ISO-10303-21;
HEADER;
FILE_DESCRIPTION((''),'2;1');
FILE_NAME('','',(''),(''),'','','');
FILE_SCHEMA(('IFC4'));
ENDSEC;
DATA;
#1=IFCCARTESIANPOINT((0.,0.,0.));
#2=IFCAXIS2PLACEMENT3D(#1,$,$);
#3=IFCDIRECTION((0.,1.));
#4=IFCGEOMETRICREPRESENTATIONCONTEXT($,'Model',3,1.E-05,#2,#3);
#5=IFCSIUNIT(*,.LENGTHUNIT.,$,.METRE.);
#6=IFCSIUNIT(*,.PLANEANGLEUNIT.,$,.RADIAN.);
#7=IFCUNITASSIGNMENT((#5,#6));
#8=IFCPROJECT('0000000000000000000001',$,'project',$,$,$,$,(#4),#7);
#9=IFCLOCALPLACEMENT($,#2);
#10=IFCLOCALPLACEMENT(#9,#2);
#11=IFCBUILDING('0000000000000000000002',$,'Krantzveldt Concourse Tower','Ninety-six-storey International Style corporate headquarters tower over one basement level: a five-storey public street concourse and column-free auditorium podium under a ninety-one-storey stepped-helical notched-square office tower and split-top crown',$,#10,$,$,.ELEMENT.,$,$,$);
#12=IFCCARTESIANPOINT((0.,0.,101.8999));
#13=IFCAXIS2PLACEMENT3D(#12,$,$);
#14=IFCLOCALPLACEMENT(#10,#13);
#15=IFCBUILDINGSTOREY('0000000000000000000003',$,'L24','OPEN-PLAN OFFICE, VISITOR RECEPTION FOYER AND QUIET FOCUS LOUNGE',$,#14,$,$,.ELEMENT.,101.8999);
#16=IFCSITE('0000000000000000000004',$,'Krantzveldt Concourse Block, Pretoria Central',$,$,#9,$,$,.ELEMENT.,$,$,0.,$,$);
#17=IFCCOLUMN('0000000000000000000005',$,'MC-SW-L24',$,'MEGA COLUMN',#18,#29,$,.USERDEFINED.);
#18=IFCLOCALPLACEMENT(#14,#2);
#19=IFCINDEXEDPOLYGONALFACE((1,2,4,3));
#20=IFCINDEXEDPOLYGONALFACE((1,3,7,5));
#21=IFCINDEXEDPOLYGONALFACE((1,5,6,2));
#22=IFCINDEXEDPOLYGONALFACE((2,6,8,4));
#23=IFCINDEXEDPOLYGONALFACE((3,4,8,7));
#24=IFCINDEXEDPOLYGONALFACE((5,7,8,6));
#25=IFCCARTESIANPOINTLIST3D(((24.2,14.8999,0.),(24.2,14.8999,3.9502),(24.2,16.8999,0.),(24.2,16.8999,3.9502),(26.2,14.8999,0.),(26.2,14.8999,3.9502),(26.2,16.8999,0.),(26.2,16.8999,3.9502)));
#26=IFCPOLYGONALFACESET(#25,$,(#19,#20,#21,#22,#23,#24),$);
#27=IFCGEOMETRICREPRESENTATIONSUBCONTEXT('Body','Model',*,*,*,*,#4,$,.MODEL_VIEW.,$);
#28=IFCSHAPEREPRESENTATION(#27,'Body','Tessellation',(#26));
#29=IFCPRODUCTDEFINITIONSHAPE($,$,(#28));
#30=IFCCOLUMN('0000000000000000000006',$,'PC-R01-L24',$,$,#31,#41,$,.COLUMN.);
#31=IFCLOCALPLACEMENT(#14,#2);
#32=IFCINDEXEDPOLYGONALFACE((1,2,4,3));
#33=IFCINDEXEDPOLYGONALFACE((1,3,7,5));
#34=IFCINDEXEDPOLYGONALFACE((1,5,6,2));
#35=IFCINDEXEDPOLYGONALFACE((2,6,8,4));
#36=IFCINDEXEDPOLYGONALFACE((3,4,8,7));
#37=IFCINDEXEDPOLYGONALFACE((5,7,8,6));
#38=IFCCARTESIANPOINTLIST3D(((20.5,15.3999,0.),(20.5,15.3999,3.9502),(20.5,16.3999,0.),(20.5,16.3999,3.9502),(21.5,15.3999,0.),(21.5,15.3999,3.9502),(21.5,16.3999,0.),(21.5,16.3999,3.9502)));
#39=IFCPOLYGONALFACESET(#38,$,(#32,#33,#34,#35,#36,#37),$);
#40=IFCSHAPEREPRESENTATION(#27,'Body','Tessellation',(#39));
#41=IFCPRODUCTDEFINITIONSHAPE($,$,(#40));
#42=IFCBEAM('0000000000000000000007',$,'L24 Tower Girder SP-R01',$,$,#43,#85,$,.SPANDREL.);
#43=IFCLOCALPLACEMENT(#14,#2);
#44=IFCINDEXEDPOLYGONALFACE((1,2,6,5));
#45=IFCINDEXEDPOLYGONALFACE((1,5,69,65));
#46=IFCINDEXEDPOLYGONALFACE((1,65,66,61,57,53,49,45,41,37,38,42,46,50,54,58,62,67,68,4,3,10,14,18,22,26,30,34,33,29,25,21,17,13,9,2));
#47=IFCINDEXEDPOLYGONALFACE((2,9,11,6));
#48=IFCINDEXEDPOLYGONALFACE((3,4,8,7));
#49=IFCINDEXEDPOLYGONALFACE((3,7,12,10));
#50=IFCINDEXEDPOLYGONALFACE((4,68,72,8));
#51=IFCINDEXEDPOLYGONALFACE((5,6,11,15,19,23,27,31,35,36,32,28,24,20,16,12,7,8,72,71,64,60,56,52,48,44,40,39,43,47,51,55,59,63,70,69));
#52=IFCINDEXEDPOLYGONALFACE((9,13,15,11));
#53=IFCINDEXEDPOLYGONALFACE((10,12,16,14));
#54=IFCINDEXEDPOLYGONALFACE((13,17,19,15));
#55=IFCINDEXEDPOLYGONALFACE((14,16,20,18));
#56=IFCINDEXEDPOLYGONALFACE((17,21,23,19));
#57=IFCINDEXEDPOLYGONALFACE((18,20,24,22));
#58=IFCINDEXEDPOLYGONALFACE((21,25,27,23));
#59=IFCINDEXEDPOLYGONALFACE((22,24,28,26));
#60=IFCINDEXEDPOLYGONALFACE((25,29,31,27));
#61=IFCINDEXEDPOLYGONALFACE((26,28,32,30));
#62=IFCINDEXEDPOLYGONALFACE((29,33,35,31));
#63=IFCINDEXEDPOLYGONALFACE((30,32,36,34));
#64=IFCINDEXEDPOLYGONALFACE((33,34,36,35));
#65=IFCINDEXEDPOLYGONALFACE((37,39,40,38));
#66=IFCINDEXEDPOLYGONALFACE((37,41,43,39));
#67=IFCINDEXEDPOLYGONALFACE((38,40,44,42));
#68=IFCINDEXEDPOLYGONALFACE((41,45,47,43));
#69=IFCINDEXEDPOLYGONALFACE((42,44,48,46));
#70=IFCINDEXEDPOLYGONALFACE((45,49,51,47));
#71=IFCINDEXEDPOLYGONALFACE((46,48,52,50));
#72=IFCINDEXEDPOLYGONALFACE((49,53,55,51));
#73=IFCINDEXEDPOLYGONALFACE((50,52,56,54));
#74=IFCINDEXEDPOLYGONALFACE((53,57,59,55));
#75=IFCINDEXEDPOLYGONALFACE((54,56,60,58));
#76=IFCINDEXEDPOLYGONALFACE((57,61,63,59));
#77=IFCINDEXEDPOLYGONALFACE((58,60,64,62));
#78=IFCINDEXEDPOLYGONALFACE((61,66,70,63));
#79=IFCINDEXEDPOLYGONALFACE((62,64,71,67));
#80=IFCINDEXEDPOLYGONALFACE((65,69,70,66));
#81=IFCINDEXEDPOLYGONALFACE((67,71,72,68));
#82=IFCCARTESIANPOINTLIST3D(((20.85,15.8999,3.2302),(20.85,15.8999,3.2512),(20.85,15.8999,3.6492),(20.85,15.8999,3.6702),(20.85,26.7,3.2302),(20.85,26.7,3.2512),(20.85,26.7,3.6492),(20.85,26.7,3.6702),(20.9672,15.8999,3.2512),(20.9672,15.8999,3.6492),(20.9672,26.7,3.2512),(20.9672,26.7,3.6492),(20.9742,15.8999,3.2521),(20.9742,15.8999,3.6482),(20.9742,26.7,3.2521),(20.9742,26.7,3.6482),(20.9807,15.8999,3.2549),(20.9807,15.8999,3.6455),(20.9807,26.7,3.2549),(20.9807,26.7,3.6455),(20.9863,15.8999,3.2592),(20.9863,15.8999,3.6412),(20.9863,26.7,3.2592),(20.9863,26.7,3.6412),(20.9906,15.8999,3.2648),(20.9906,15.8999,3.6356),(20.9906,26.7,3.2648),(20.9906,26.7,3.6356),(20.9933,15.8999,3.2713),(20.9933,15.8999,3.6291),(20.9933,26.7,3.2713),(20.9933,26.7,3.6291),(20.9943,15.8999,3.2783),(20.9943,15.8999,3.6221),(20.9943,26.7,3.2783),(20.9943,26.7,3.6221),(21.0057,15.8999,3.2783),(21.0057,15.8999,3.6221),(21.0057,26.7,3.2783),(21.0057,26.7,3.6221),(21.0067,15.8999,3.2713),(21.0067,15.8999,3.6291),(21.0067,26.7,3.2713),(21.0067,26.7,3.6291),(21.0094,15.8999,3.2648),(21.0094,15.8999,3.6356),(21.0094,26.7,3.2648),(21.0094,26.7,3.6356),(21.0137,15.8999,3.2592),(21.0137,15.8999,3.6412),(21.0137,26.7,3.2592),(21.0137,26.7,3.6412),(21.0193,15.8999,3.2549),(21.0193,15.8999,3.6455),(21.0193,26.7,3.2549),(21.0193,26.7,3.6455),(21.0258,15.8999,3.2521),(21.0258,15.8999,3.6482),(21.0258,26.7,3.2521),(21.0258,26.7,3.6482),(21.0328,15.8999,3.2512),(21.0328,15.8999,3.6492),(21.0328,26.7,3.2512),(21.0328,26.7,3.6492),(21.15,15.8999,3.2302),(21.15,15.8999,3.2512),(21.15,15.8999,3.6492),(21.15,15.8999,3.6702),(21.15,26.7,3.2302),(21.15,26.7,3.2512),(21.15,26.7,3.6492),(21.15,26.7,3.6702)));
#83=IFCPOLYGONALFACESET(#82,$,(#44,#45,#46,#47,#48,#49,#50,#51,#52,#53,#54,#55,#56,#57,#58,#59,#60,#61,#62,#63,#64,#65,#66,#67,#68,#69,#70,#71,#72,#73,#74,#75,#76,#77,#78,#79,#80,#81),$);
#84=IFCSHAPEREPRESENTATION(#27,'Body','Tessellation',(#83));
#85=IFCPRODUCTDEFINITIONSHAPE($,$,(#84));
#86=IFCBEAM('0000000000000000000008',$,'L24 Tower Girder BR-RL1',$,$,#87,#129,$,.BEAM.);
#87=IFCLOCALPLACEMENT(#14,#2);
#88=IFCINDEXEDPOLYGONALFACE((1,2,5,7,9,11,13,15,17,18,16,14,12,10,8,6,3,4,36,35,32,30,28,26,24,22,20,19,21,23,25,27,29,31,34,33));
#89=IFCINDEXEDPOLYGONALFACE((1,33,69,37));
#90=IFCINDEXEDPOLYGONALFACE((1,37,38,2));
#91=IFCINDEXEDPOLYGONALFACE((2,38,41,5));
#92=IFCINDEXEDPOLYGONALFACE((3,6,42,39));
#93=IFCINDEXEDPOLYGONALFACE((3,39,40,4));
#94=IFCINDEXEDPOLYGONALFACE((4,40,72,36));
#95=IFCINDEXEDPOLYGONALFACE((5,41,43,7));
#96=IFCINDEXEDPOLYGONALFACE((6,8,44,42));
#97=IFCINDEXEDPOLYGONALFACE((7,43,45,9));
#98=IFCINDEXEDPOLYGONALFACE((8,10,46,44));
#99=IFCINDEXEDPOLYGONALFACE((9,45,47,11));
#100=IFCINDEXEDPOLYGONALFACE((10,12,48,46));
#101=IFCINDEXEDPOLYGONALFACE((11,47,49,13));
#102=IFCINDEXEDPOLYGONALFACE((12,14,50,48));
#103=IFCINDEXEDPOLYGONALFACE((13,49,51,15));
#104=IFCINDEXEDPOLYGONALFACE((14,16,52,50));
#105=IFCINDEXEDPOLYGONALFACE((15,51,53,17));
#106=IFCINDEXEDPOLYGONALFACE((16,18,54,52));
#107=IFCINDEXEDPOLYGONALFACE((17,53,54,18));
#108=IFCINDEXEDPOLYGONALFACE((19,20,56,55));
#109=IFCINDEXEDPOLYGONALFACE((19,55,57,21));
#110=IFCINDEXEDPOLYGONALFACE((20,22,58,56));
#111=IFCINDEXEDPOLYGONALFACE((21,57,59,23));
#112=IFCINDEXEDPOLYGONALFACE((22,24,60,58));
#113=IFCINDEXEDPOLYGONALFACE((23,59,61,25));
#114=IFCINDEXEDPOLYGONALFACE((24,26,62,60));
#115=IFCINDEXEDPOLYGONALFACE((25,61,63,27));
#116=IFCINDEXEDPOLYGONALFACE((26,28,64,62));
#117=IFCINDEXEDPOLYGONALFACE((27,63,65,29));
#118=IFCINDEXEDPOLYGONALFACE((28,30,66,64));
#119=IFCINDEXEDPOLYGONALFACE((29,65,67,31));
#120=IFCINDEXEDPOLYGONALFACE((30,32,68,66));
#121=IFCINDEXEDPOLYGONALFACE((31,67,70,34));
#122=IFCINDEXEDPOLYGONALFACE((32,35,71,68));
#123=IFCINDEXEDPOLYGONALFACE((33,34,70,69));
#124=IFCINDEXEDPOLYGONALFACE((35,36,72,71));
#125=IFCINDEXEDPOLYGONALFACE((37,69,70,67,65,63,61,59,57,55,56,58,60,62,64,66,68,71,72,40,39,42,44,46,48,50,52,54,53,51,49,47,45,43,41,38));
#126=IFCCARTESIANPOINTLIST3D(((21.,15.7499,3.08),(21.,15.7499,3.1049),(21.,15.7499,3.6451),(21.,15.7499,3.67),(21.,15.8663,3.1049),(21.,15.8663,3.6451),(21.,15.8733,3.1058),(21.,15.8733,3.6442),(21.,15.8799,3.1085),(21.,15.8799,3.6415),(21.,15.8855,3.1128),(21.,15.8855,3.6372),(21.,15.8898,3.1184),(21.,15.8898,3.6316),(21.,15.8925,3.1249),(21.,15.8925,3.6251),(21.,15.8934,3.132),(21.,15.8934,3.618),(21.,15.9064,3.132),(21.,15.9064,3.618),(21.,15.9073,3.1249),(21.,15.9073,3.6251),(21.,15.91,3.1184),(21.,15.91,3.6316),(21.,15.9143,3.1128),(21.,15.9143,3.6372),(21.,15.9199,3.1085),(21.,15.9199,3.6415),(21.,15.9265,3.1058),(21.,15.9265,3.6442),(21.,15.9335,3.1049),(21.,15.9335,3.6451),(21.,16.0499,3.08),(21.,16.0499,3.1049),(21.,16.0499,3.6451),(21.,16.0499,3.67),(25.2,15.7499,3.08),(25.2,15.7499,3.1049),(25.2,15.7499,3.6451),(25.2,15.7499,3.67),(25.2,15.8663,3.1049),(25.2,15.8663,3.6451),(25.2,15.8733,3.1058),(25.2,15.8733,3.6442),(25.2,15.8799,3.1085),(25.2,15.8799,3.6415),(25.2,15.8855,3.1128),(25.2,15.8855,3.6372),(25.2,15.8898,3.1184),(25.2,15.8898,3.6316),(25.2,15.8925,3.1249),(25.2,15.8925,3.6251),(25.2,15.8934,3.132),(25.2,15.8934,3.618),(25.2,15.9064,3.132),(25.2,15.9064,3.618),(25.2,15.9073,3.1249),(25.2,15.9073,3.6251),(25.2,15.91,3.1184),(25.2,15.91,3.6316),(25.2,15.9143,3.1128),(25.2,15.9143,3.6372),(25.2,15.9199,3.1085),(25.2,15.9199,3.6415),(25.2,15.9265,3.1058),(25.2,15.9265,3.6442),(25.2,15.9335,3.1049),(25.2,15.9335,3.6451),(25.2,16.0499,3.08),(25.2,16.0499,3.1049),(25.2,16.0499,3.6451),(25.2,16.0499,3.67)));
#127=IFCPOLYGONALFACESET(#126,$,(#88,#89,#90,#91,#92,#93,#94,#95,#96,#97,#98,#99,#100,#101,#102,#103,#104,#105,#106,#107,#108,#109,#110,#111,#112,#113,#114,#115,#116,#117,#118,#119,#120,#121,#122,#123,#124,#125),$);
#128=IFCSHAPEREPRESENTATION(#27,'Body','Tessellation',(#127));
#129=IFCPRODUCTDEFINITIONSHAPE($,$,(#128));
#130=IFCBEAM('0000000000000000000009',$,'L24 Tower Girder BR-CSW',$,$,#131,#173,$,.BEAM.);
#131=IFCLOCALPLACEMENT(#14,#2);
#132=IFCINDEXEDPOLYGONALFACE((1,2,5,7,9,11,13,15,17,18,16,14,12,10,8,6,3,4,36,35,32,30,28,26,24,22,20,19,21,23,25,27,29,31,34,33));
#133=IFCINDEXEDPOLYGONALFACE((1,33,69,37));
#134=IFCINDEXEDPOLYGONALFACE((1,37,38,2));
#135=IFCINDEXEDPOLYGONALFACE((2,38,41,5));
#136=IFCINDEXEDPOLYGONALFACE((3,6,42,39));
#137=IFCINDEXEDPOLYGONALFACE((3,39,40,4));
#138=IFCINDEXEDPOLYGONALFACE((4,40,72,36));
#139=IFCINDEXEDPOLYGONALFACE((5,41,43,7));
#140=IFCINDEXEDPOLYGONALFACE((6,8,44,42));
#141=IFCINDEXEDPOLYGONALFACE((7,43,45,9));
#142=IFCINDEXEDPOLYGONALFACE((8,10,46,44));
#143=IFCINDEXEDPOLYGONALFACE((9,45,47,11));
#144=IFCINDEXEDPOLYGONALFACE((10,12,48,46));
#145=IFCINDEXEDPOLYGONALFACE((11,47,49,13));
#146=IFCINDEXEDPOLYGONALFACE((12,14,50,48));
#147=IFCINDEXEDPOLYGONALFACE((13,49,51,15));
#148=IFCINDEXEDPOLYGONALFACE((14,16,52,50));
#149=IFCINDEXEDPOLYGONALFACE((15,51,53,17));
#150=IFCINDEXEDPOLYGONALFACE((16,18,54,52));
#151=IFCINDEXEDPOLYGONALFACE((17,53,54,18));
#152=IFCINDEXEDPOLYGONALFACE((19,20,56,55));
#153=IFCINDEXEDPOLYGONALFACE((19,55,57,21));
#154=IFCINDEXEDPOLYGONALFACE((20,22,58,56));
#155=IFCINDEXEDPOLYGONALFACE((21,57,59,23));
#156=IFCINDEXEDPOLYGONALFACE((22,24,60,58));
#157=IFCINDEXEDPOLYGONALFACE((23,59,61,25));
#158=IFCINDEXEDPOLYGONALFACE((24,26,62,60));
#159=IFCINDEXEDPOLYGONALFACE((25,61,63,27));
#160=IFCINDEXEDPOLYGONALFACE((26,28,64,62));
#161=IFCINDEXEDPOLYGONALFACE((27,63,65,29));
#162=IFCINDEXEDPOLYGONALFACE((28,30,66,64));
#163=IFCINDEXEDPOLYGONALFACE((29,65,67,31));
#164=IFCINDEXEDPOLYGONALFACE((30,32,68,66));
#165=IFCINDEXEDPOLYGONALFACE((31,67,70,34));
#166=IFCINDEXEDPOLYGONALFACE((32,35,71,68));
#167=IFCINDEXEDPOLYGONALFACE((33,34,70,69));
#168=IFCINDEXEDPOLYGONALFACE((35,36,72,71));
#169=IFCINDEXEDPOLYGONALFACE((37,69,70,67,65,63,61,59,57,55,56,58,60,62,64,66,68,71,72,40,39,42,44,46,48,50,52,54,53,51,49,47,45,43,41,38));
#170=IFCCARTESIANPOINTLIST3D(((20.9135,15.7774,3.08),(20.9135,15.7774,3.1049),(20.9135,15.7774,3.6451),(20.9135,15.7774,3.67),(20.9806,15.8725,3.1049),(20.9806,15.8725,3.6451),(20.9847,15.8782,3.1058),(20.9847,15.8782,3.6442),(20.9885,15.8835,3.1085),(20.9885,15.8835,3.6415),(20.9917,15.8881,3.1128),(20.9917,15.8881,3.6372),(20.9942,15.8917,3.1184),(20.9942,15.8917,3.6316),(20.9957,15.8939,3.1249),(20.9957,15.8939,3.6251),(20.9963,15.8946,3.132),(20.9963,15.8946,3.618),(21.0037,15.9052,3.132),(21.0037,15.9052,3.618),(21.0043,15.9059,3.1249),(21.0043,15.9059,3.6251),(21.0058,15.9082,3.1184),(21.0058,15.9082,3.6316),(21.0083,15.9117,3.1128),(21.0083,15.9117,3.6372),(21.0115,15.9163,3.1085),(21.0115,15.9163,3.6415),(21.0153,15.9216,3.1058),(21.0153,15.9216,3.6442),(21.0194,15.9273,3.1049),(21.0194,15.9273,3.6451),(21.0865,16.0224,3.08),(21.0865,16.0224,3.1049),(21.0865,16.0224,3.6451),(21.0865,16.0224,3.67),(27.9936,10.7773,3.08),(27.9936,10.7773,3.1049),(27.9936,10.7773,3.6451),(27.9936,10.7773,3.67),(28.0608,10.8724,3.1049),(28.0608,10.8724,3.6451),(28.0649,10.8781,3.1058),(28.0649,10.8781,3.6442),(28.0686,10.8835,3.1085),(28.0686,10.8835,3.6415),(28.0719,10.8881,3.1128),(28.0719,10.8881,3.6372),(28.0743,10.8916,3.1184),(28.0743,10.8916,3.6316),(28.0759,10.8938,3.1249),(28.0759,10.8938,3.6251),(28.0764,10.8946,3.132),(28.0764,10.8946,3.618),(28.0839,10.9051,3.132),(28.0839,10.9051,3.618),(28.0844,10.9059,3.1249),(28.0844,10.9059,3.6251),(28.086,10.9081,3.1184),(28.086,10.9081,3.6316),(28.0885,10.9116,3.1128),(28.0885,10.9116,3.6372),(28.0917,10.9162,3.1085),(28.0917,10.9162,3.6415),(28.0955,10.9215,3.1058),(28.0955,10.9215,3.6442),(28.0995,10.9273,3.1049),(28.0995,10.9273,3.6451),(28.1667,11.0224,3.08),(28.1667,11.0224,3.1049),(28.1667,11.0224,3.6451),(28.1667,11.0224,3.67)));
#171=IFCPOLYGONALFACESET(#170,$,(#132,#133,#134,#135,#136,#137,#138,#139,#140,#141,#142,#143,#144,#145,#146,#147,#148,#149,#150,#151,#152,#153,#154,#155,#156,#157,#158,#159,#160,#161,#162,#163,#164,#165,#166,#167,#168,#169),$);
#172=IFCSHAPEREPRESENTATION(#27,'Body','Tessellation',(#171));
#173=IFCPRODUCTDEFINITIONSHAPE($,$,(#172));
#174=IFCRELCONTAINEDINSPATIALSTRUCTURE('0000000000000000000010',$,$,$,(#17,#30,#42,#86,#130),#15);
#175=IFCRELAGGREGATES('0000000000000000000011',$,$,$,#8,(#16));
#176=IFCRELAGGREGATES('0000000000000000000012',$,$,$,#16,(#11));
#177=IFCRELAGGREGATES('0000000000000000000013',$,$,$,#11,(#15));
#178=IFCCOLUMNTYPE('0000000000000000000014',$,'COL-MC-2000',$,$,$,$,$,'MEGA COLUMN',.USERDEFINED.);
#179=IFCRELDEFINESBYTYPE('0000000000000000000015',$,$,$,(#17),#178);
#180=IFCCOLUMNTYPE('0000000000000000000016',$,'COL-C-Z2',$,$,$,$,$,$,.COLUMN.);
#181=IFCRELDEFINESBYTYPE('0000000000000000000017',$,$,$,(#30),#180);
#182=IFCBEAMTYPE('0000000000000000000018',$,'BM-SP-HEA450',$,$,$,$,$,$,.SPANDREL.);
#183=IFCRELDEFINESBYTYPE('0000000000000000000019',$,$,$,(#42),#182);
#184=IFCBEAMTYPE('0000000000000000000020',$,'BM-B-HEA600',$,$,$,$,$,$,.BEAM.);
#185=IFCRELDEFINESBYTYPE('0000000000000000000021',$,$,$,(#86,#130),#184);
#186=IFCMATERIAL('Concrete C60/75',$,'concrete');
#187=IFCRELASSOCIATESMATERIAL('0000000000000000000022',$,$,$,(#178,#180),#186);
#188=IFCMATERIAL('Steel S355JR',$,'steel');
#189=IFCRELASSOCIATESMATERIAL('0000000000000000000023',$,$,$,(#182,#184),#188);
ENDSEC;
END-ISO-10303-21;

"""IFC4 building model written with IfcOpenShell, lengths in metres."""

from ifc_helpers import new_model, si_unit, direction, frame, origin, origin_2d, place, context, subcontext, project, spatial, rectangle, i_section, extrude, source, transform, mapped, material, material_profile, profile_set, type_object, type_shapes, element, save


model = new_model("IFC4")

# Units and contexts
model_context = context("Model", 3, precision=1e-05, world=origin(), true_north=direction((0.0, 1.0)))
body_context = subcontext(model_context, "Body", "Model", "MODEL_VIEW")
ifc_project = project(units=[si_unit("LENGTHUNIT", "METRE"), si_unit("PLANEANGLEUNIT", "RADIAN")], contexts=[model_context])

# Site, building, storey
site_placement = place(None, origin())
site = spatial("IfcSite", under=ifc_project, at=site_placement, Name="Krantzveldt Concourse Block, Pretoria Central", CompositionType="ELEMENT", RefElevation=0.0)
building_placement = place(site_placement, origin())
building = spatial("IfcBuilding", under=site, at=building_placement, Name="Krantzveldt Concourse Tower", Description="Ninety-six-storey International Style corporate headquarters tower over one basement level: a five-storey public street concourse and column-free auditorium podium under a ninety-one-storey stepped-helical notched-square office tower and split-top crown", CompositionType="ELEMENT")
storey_placement = place(building_placement, frame((0.0, 0.0, 101.8999)))
storey = spatial("IfcBuildingStorey", under=building, at=storey_placement, Name="L24", Description="OPEN-PLAN OFFICE, VISITOR RECEPTION FOYER AND QUIET FOCUS LOUNGE", CompositionType="ELEMENT", Elevation=101.8999)

# Columns
ifc_material_1 = material(Name="Concrete C60/75", Category="concrete")
ifc_material_profile_1 = material_profile(ifc_material_1, rectangle(XDim=2.0, YDim=2.0, at=origin_2d()), Name="Concrete C60/75", Category="concrete")
ifc_profile_set_1 = profile_set([ifc_material_profile_1], Name="Concrete C60/75 - RC 2000x2000")
column_type_1 = type_object("IfcColumnType", Name="COL-MC-2000", ElementType="MEGA COLUMN", PredefinedType="USERDEFINED", material=ifc_profile_set_1)
shared_shape_1 = source(origin(), body_context, "Body", "SweptSolid", [
    extrude(rectangle(XDim=2.0, YDim=2.0, at=origin_2d()), origin(), (0.0, 0.0, 1.0), 3.9502),
])
type_shapes(column_type_1, [shared_shape_1])
column_1_placement = place(storey_placement, frame((25.2, 15.8999, 0.0), z_axis=(0.0, 0.0, 1.0), x_axis=(1.0, 0.0, 0.0)))
element("IfcColumn", 1, at=column_1_placement, inside=storey, type_object=column_type_1, Name="MC-SW-L24", ObjectType="MEGA COLUMN", PredefinedType="USERDEFINED", context=body_context, shape_type="MappedRepresentation", body=[
    mapped(shared_shape_1, transform((0.0, 0.0, 0.0), x_axis=(1.0, 0.0, 0.0), y_axis=(0.0, 1.0, 0.0), z_axis=(0.0, 0.0, 1.0), scale=1.0)),
])
ifc_material_profile_2 = material_profile(ifc_material_1, rectangle(XDim=1.0, YDim=1.0, at=origin_2d()), Name="Concrete C60/75", Category="concrete")
ifc_profile_set_2 = profile_set([ifc_material_profile_2], Name="Concrete C60/75 - RC 1000x1000")
column_type_2 = type_object("IfcColumnType", Name="COL-C-Z2", PredefinedType="COLUMN", material=ifc_profile_set_2)
shared_shape_2 = source(origin(), body_context, "Body", "SweptSolid", [
    extrude(rectangle(XDim=1.0, YDim=1.0, at=origin_2d()), origin(), (0.0, 0.0, 1.0), 3.9502),
])
type_shapes(column_type_2, [shared_shape_2])
column_2_placement = place(storey_placement, frame((21.0, 15.8999, 0.0), z_axis=(0.0, 0.0, 1.0), x_axis=(1.0, 0.0, 0.0)))
element("IfcColumn", 2, at=column_2_placement, inside=storey, type_object=column_type_2, Name="PC-R01-L24", PredefinedType="COLUMN", context=body_context, shape_type="MappedRepresentation", body=[
    mapped(shared_shape_2, transform((0.0, 0.0, 0.0), x_axis=(1.0, 0.0, 0.0), y_axis=(0.0, 1.0, 0.0), z_axis=(0.0, 0.0, 1.0), scale=1.0)),
])

# Beams
ifc_material_2 = material(Name="Steel S355JR", Category="steel")
ifc_material_profile_3 = material_profile(ifc_material_2, i_section(OverallWidth=0.3, OverallDepth=0.4399, WebThickness=0.0115, FlangeThickness=0.021, FilletRadius=0.0271, at=origin_2d()), Name="Steel S355JR", Category="steel")
ifc_profile_set_3 = profile_set([ifc_material_profile_3], Name="Steel S355JR - HEA 450")
beam_type_1 = type_object("IfcBeamType", Name="BM-SP-HEA450", PredefinedType="SPANDREL", material=ifc_profile_set_3)
shared_shape_3 = source(origin(), body_context, "Body", "SweptSolid", [
    extrude(i_section(OverallWidth=0.3, OverallDepth=0.4399, WebThickness=0.0115, FlangeThickness=0.021, FilletRadius=0.0271, at=origin_2d()), origin(), (0.0, 0.0, 1.0), 10.8),
])
type_shapes(beam_type_1, [shared_shape_3])
beam_1_placement = place(storey_placement, frame((21.0, 15.8999, 3.4502), z_axis=(0.0, 1.0, 0.0), x_axis=(-1.0, 0.0, 0.0)))
element("IfcBeam", 3, at=beam_1_placement, inside=storey, type_object=beam_type_1, Name="L24 Tower Girder SP-R01", PredefinedType="SPANDREL", context=body_context, shape_type="MappedRepresentation", body=[
    mapped(shared_shape_3, transform((0.0, 0.0, 0.0), x_axis=(1.0, 0.0, 0.0), y_axis=(0.0, 1.0, 0.0), z_axis=(0.0, 0.0, 1.0), scale=1.0)),
])
ifc_material_profile_4 = material_profile(ifc_material_2, i_section(OverallWidth=0.3, OverallDepth=0.5901, WebThickness=0.0129, FlangeThickness=0.0249, FilletRadius=0.0271, at=origin_2d()), Name="Steel S355JR", Category="steel")
ifc_profile_set_4 = profile_set([ifc_material_profile_4], Name="Steel S355JR - HEA 600")
beam_type_2 = type_object("IfcBeamType", Name="BM-B-HEA600", PredefinedType="BEAM", material=ifc_profile_set_4)
shared_shape_4 = source(origin(), body_context, "Body", "SweptSolid", [
    extrude(i_section(OverallWidth=0.3, OverallDepth=0.5901, WebThickness=0.0129, FlangeThickness=0.0249, FilletRadius=0.0271, at=origin_2d()), origin(), (0.0, 0.0, 1.0), 4.2),
])
beam_2_placement = place(storey_placement, frame((21.0, 15.8999, 3.375), z_axis=(1.0, 0.0, 0.0), x_axis=(0.0, 1.0, 0.0)))
element("IfcBeam", 4, at=beam_2_placement, inside=storey, type_object=beam_type_2, Name="L24 Tower Girder BR-RL1", PredefinedType="BEAM", context=body_context, shape_type="MappedRepresentation", body=[
    mapped(shared_shape_4, transform((0.0, 0.0, 0.0), x_axis=(1.0, 0.0, 0.0), y_axis=(0.0, 1.0, 0.0), z_axis=(0.0, 0.0, 1.0), scale=1.0)),
])
shared_shape_5 = source(origin(), body_context, "Body", "SweptSolid", [
    extrude(i_section(OverallWidth=0.3, OverallDepth=0.5901, WebThickness=0.0129, FlangeThickness=0.0249, FilletRadius=0.0271, at=origin_2d()), origin(), (0.0, 0.0, 1.0), 8.6677),
])
type_shapes(beam_type_2, [shared_shape_4, shared_shape_5])
beam_3_placement = place(storey_placement, frame((21.0, 15.8999, 3.375), z_axis=(0.816843, -0.57686, 0.0), x_axis=(0.57686, 0.816843, 0.0)))
element("IfcBeam", 5, at=beam_3_placement, inside=storey, type_object=beam_type_2, Name="L24 Tower Girder BR-CSW", PredefinedType="BEAM", context=body_context, shape_type="MappedRepresentation", body=[
    mapped(shared_shape_5, transform((0.0, 0.0, 0.0), x_axis=(1.0, 0.0, 0.0), y_axis=(0.0, 1.0, 0.0), z_axis=(0.0, 0.0, 1.0), scale=1.0)),
])

save(model, "model.ifc")
